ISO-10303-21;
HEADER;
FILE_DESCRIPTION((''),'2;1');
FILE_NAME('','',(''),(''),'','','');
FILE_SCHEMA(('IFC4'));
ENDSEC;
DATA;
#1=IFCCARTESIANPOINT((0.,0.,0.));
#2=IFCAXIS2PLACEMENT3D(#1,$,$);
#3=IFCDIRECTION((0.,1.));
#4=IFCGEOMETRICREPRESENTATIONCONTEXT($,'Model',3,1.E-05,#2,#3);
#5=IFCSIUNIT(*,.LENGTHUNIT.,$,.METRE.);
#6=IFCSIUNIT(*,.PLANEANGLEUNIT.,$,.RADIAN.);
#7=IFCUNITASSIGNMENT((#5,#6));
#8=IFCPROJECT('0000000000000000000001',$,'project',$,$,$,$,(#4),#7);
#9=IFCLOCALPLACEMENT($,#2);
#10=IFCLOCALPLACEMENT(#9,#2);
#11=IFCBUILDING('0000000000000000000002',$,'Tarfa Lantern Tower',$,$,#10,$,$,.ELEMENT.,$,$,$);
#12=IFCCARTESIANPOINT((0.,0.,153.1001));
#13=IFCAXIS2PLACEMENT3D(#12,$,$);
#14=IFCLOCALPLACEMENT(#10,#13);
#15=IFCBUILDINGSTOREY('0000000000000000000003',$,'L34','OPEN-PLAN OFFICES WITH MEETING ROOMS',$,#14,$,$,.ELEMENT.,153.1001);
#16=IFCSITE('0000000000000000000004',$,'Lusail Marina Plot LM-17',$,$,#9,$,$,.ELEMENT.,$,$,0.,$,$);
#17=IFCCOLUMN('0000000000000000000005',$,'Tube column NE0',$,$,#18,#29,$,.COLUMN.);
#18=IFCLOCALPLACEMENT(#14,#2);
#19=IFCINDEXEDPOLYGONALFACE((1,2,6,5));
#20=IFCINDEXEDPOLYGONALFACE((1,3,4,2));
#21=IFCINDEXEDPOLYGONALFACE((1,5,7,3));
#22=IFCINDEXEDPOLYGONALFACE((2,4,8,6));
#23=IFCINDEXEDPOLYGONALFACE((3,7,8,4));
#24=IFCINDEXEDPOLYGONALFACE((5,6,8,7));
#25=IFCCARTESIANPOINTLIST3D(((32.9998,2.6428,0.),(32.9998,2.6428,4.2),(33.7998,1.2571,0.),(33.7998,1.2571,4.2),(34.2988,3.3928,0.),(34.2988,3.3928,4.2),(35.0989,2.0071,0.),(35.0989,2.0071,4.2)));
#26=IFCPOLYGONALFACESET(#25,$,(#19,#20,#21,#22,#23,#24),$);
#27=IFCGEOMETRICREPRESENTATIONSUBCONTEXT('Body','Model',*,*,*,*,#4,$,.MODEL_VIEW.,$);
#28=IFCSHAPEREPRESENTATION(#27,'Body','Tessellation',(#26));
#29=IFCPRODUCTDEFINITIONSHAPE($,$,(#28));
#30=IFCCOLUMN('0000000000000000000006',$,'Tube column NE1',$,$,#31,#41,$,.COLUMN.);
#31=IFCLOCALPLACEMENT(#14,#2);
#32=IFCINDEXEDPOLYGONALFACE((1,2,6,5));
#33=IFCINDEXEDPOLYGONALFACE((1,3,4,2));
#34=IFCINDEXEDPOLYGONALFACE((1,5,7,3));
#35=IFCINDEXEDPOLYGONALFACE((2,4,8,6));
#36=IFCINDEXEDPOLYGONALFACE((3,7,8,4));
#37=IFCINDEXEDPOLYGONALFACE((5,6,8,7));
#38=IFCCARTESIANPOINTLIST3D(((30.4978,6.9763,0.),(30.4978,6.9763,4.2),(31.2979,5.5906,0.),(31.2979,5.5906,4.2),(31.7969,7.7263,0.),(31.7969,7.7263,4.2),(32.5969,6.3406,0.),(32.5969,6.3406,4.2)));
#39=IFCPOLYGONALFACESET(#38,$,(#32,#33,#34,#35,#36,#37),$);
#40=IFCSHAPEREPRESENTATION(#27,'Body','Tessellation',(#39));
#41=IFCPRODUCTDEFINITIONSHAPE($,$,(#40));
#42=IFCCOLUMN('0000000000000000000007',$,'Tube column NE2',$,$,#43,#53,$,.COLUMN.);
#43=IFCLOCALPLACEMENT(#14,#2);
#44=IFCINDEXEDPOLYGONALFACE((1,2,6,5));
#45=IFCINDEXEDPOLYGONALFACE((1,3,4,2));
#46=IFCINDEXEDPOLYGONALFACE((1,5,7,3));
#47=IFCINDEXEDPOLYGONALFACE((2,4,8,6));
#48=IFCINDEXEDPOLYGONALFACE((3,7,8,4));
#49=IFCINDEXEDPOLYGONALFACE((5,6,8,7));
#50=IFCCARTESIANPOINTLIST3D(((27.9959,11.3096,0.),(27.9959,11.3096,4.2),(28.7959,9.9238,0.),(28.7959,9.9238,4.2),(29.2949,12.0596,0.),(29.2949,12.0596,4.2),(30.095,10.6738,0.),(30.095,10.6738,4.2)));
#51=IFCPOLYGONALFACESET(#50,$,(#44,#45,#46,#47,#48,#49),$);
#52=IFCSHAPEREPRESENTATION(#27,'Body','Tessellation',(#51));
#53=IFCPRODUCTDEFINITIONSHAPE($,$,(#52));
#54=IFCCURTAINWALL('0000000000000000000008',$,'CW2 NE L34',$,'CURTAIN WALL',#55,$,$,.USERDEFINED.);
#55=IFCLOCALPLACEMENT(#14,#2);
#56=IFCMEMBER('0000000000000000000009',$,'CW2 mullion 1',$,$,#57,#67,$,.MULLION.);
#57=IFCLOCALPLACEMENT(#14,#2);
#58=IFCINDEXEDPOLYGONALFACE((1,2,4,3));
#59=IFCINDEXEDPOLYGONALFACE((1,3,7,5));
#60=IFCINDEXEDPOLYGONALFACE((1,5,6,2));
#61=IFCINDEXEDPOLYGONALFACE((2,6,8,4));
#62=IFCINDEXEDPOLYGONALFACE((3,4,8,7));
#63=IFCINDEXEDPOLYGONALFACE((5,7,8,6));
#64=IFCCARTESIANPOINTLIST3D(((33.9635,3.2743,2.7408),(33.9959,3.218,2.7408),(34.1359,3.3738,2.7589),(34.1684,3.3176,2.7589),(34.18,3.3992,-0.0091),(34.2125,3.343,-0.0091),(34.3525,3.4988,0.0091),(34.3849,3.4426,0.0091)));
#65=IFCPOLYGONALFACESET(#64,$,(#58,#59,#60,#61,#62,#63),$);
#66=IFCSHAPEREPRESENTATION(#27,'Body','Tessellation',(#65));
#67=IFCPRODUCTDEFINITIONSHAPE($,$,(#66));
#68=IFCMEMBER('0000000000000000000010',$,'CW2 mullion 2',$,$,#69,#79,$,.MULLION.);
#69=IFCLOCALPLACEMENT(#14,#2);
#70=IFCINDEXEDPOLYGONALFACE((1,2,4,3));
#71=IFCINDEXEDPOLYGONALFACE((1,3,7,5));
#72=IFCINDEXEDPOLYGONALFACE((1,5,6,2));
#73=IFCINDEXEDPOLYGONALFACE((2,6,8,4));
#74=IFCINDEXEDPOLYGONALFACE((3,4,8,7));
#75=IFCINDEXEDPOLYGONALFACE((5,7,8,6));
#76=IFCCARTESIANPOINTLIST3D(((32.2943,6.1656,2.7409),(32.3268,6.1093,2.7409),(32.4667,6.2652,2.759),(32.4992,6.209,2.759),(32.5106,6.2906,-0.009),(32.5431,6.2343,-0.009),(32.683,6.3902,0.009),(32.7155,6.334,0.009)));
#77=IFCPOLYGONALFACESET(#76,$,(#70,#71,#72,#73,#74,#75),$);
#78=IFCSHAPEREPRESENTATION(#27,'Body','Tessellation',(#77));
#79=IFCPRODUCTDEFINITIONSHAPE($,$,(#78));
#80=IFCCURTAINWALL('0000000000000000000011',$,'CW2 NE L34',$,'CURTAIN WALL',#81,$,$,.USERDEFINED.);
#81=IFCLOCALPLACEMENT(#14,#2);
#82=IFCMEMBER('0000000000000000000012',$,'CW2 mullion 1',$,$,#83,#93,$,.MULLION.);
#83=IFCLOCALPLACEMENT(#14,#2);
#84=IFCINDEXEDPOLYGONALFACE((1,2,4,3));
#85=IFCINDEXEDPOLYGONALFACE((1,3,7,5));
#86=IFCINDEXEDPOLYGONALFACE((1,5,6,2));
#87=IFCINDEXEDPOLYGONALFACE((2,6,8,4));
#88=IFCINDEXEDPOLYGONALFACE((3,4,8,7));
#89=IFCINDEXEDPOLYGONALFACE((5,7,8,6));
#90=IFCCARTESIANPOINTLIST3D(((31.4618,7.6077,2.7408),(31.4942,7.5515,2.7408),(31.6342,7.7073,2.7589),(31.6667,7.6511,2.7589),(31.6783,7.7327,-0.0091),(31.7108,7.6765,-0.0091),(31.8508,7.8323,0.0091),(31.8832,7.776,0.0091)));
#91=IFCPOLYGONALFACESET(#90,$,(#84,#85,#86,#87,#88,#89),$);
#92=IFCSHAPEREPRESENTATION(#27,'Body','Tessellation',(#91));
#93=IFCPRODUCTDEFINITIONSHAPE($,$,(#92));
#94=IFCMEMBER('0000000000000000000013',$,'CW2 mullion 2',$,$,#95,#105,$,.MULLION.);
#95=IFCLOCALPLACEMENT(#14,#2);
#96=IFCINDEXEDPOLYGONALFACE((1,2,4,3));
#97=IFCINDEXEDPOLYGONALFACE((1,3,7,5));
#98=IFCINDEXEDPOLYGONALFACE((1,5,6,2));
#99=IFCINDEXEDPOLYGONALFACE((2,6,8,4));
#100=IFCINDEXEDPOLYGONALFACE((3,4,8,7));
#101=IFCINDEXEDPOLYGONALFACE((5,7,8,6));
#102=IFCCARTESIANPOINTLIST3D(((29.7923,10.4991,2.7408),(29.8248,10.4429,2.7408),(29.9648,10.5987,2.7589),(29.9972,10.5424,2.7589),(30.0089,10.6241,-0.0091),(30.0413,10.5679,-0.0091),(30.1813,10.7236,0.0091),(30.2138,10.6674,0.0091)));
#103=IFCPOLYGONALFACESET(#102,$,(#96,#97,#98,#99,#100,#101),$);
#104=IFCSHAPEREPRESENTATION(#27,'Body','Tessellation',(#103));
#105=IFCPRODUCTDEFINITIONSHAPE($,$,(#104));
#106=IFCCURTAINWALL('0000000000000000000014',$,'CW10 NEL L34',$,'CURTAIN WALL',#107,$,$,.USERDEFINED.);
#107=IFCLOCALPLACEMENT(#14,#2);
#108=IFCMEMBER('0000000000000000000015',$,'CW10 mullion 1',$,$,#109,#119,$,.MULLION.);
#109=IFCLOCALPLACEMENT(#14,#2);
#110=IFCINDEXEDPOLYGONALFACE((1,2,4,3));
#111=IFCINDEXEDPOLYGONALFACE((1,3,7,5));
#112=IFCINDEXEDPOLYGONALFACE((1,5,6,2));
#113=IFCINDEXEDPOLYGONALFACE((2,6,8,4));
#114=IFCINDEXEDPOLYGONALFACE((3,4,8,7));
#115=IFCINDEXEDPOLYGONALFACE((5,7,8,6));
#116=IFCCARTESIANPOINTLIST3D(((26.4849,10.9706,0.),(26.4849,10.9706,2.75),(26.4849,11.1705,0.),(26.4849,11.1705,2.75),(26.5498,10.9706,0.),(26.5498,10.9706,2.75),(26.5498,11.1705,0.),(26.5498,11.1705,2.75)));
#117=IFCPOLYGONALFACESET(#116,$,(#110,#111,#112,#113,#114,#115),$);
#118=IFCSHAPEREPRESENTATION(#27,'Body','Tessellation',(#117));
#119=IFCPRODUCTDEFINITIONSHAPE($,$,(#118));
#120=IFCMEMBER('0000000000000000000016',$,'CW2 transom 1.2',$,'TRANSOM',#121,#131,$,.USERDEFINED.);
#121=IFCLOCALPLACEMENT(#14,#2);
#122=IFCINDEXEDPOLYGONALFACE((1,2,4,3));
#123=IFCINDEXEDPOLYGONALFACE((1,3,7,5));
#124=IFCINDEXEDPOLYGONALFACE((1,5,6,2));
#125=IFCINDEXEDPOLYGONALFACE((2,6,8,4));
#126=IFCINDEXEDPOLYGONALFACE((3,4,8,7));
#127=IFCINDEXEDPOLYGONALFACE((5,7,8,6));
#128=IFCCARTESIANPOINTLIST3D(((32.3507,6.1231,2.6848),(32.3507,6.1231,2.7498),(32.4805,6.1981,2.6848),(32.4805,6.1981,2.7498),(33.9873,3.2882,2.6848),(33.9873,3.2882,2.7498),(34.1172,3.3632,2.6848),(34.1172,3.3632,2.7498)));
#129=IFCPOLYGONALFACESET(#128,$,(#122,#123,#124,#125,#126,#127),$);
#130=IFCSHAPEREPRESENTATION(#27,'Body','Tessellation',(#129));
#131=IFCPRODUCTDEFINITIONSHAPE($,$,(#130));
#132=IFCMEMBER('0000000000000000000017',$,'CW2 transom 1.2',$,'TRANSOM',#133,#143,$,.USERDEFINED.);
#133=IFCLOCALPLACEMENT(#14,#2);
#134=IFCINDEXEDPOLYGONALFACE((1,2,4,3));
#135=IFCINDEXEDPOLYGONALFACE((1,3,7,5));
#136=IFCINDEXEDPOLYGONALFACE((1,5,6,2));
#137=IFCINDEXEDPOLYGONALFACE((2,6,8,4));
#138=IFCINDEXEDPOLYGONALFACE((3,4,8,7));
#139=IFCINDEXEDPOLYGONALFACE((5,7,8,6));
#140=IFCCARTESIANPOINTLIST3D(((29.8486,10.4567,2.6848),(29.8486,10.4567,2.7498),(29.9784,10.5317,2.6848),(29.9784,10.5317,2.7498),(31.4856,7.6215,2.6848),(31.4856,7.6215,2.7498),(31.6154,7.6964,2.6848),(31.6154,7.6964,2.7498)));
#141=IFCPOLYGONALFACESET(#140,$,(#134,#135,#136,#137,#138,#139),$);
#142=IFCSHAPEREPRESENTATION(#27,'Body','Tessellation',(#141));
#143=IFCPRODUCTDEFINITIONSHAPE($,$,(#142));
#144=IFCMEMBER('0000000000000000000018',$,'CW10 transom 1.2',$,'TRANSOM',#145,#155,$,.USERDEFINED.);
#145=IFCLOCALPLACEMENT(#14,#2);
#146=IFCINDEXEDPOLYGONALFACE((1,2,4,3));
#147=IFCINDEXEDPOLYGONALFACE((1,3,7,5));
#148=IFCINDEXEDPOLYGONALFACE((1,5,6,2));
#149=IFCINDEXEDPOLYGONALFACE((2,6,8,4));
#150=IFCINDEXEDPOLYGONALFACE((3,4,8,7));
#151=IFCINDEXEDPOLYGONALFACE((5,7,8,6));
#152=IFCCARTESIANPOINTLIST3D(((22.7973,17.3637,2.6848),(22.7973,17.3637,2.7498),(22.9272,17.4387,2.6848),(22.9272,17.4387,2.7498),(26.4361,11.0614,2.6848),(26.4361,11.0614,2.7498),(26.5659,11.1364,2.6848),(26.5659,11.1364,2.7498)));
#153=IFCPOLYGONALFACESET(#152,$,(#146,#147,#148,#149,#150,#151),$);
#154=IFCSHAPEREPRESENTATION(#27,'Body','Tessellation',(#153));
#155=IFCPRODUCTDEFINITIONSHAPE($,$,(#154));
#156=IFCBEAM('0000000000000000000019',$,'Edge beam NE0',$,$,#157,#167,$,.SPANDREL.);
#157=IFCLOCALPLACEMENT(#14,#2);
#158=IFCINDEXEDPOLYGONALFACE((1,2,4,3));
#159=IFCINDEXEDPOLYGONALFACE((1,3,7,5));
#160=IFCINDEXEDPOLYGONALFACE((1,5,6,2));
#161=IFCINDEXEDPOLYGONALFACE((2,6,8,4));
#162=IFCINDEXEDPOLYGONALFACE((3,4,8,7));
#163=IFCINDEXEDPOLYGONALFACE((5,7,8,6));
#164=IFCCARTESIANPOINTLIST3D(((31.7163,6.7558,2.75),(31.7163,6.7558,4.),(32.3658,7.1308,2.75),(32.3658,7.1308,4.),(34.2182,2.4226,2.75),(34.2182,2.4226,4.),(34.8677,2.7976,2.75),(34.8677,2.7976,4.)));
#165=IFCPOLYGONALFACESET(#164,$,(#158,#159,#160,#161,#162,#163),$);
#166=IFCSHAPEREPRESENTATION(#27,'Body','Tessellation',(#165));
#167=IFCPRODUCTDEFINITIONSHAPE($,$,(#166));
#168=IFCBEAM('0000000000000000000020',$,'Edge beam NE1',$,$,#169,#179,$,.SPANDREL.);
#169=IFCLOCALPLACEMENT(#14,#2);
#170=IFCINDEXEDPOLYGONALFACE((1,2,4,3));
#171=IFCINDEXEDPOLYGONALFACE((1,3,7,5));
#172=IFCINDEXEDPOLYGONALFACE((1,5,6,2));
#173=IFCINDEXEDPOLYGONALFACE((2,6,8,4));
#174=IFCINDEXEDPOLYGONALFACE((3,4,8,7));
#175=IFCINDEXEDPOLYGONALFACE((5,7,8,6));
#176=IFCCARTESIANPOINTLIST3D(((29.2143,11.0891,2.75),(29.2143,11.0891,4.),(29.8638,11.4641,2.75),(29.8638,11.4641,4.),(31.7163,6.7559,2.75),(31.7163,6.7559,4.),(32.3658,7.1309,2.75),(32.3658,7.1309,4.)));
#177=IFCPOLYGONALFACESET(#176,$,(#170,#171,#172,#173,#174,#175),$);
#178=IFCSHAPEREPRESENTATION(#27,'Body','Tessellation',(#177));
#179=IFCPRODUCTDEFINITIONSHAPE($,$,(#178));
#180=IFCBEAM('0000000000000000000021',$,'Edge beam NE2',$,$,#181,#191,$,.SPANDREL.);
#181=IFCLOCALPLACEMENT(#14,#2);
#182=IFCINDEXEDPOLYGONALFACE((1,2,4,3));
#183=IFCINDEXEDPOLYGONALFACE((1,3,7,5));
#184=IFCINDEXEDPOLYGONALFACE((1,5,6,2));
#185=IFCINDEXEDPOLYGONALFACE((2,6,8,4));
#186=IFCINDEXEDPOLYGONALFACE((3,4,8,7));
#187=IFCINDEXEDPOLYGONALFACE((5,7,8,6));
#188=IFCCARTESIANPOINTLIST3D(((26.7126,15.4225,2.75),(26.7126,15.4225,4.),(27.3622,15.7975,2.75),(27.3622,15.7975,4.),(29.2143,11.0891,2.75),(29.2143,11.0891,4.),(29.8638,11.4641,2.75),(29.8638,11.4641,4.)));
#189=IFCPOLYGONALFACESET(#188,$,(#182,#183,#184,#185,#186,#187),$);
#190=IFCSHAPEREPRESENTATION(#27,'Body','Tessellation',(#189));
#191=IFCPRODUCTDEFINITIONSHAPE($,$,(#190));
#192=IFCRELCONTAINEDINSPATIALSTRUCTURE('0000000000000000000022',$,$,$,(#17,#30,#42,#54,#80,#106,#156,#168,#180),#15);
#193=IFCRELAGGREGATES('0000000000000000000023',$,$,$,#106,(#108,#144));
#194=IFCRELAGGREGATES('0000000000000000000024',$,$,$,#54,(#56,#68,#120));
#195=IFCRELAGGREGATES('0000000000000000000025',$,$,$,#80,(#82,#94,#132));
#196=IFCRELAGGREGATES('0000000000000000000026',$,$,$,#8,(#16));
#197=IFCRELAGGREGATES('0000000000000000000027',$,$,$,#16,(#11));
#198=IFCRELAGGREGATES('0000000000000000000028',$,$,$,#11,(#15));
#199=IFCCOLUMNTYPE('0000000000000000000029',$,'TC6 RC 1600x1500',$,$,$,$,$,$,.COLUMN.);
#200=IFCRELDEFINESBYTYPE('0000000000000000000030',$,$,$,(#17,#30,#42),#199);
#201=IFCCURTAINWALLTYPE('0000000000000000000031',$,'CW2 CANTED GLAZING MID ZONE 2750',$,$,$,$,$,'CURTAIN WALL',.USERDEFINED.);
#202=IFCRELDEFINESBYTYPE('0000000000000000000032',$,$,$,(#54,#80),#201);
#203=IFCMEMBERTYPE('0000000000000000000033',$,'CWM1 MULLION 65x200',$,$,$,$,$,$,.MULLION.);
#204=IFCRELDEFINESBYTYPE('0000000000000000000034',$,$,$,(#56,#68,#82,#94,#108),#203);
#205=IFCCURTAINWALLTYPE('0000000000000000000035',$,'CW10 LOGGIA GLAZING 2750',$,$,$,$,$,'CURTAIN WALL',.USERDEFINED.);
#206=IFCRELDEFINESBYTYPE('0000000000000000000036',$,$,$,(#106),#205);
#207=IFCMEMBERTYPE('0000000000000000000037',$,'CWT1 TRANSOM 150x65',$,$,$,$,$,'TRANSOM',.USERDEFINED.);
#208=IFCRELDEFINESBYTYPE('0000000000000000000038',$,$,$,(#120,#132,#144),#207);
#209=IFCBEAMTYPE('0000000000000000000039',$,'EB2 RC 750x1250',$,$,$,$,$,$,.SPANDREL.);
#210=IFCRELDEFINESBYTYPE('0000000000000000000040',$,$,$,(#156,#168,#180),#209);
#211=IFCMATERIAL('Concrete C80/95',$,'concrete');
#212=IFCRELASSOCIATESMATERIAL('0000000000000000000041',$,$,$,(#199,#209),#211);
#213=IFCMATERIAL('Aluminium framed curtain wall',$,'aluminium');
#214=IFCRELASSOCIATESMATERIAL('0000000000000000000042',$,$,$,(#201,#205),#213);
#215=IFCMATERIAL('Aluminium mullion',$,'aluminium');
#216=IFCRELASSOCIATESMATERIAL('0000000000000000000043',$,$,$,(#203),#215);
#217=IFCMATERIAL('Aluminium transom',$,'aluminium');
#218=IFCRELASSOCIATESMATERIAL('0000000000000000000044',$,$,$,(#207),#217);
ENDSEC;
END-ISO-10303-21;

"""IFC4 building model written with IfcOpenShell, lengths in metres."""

from ifc_helpers import new_model, si_unit, direction, frame, origin, origin_2d, place, context, subcontext, project, spatial, rectangle, extrude, material, material_profile, profile_set, type_object, element, aggregate, save


model = new_model("IFC4")

# Units and contexts
model_context = context("Model", 3, precision=1e-05, world=origin(), true_north=direction((0.0, 1.0)))
body_context = subcontext(model_context, "Body", "Model", "MODEL_VIEW")
ifc_project = project(units=[si_unit("LENGTHUNIT", "METRE"), si_unit("PLANEANGLEUNIT", "RADIAN")], contexts=[model_context])

# Site, building, storey
site_placement = place(None, origin())
site = spatial("IfcSite", under=ifc_project, at=site_placement, Name="Lusail Marina Plot LM-17", CompositionType="ELEMENT", RefElevation=0.0)
building_placement = place(site_placement, origin())
building = spatial("IfcBuilding", under=site, at=building_placement, Name="Tarfa Lantern Tower", CompositionType="ELEMENT")
storey_placement = place(building_placement, frame((0.0, 0.0, 153.1001)))
storey = spatial("IfcBuildingStorey", under=building, at=storey_placement, Name="L34", Description="OPEN-PLAN OFFICES WITH MEETING ROOMS", CompositionType="ELEMENT", Elevation=153.1001)

# Columns
ifc_material_1 = material(Name="Concrete C80/95", Category="concrete")
ifc_material_profile_1 = material_profile(ifc_material_1, rectangle(XDim=1.6001, YDim=1.5, at=origin_2d()), Name="RC 1600x1500")
ifc_profile_set_1 = profile_set([ifc_material_profile_1], Name="Concrete C80/95")
column_type = type_object("IfcColumnType", Name="TC6 RC 1600x1500", PredefinedType="COLUMN", material=ifc_profile_set_1)
for number, where, z_axis, x_axis, name in (
    (1, (34.0493, 2.325, 0.0), (0.0, 0.0, 1.0), (-0.5, 0.866025, 0.0), "Tube column NE0"),
    (2, (31.5474, 6.6584, 0.0), (0.0, 0.0, 1.0), (-0.5, 0.866025, 0.0), "Tube column NE1"),
    (3, (29.0454, 10.9917, 0.0), (0.0, 0.0, 1.0), (-0.5, 0.866025, 0.0), "Tube column NE2"),
):
    element("IfcColumn", number, at=place(storey_placement, frame(where, z_axis=z_axis, x_axis=x_axis)), inside=storey, type_object=column_type, Name=name, PredefinedType="COLUMN", context=body_context, shape_type="SweptSolid", body=[
        extrude(rectangle(XDim=1.6001, YDim=1.5, at=origin_2d()), origin(), (0.0, 0.0, 1.0), 4.2),
    ])

# Curtain walls, members
ifc_material_2 = material(Name="Aluminium framed curtain wall", Category="aluminium")
curtain_wall_type_1 = type_object("IfcCurtainWallType", Name="CW2 CANTED GLAZING MID ZONE 2750", ElementType="CURTAIN WALL", PredefinedType="USERDEFINED", material=ifc_material_2)
curtain_wall_1_placement = place(storey_placement, origin())
curtain_wall_1 = element("IfcCurtainWall", 4, at=curtain_wall_1_placement, inside=storey, type_object=curtain_wall_type_1, Name="CW2 NE L34", ObjectType="CURTAIN WALL", PredefinedType="USERDEFINED")
ifc_material_3 = material(Name="Aluminium mullion", Category="aluminium")
ifc_material_profile_2 = material_profile(ifc_material_3, rectangle(XDim=0.0649, YDim=0.2, at=origin_2d()), Name="AL MULLION 65x200")
ifc_profile_set_2 = profile_set([ifc_material_profile_2], Name="Aluminium mullion")
member_type_1 = type_object("IfcMemberType", Name="CWM1 MULLION 65x200", PredefinedType="MULLION", material=ifc_profile_set_2)
member_1_placement = place(storey_placement, frame((34.2825, 3.4209, 0.0), z_axis=(-0.078423, -0.045268, 0.995892), x_axis=(0.49992, -0.866072, 0.0)))
member_1 = element("IfcMember", 5, at=member_1_placement, type_object=member_type_1, Name="CW2 mullion 1", PredefinedType="MULLION", context=body_context, shape_type="SweptSolid", body=[
    extrude(rectangle(XDim=0.0649, YDim=0.2, at=origin_2d()), origin(), (0.0, 0.0, 1.0), 2.7612),
])
member_2_placement = place(storey_placement, frame((32.613, 6.3123, 0.0), z_axis=(-0.078335, -0.045268, 0.995899), x_axis=(0.500343, -0.865827, 0.0)))
member_2 = element("IfcMember", 6, at=member_2_placement, type_object=member_type_1, Name="CW2 mullion 2", PredefinedType="MULLION", context=body_context, shape_type="SweptSolid", body=[
    extrude(rectangle(XDim=0.0649, YDim=0.2, at=origin_2d()), origin(), (0.0, 0.0, 1.0), 2.7612),
])
curtain_wall_2_placement = place(storey_placement, origin())
curtain_wall_2 = element("IfcCurtainWall", 7, at=curtain_wall_2_placement, inside=storey, type_object=curtain_wall_type_1, Name="CW2 NE L34", ObjectType="CURTAIN WALL", PredefinedType="USERDEFINED")
member_3_placement = place(storey_placement, frame((31.7808, 7.7544, 0.0), z_axis=(-0.078423, -0.045268, 0.995892), x_axis=(0.49992, -0.866072, 0.0)))
member_3 = element("IfcMember", 8, at=member_3_placement, type_object=member_type_1, Name="CW2 mullion 1", PredefinedType="MULLION", context=body_context, shape_type="SweptSolid", body=[
    extrude(rectangle(XDim=0.0649, YDim=0.2, at=origin_2d()), origin(), (0.0, 0.0, 1.0), 2.7612),
])
member_4_placement = place(storey_placement, frame((30.1113, 10.6458, 0.0), z_axis=(-0.078423, -0.045268, 0.995892), x_axis=(0.49992, -0.866072, 0.0)))
member_4 = element("IfcMember", 9, at=member_4_placement, type_object=member_type_1, Name="CW2 mullion 2", PredefinedType="MULLION", context=body_context, shape_type="SweptSolid", body=[
    extrude(rectangle(XDim=0.0649, YDim=0.2, at=origin_2d()), origin(), (0.0, 0.0, 1.0), 2.7612),
])

# Curtain wall, member
curtain_wall_type_2 = type_object("IfcCurtainWallType", Name="CW10 LOGGIA GLAZING 2750", ElementType="CURTAIN WALL", PredefinedType="USERDEFINED", material=ifc_material_2)
curtain_wall_3_placement = place(storey_placement, origin())
curtain_wall_3 = element("IfcCurtainWall", 10, at=curtain_wall_3_placement, inside=storey, type_object=curtain_wall_type_2, Name="CW10 NEL L34", ObjectType="CURTAIN WALL", PredefinedType="USERDEFINED")
member_5_placement = place(storey_placement, frame((26.5173, 11.0706, 0.0), z_axis=(0.0, 0.0, 1.0), x_axis=(1.0, 0.0, 0.0)))
member_5 = element("IfcMember", 11, at=member_5_placement, type_object=member_type_1, Name="CW10 mullion 1", PredefinedType="MULLION", context=body_context, shape_type="SweptSolid", body=[
    extrude(rectangle(XDim=0.0649, YDim=0.2, at=origin_2d()), origin(), (0.0, 0.0, 1.0), 2.75),
])

# Members
ifc_material_4 = material(Name="Aluminium transom", Category="aluminium")
ifc_material_profile_3 = material_profile(ifc_material_4, rectangle(XDim=0.1499, YDim=0.0649, at=origin_2d()), Name="AL TRANSOM 150x65")
ifc_profile_set_3 = profile_set([ifc_material_profile_3], Name="Aluminium transom")
member_type_2 = type_object("IfcMemberType", Name="CWT1 TRANSOM 150x65", ElementType="TRANSOM", PredefinedType="USERDEFINED", material=ifc_profile_set_3)
member_6_placement = place(storey_placement, frame((34.0522, 3.3257, 2.7173), z_axis=(-0.499989, 0.866032, 0.0), x_axis=(-0.866032, -0.499989, 0.0)))
member_6 = element("IfcMember", 12, at=member_6_placement, type_object=member_type_2, Name="CW2 transom 1.2", ObjectType="TRANSOM", PredefinedType="USERDEFINED", context=body_context, shape_type="SweptSolid", body=[
    extrude(rectangle(XDim=0.1499, YDim=0.0649, at=origin_2d()), origin(), (0.0, 0.0, 1.0), 3.2734),
])
member_7_placement = place(storey_placement, frame((31.5505, 7.6589, 2.7173), z_axis=(-0.500013, 0.866018, 0.0), x_axis=(-0.866018, -0.500013, 0.0)))
member_7 = element("IfcMember", 13, at=member_7_placement, type_object=member_type_2, Name="CW2 transom 1.2", ObjectType="TRANSOM", PredefinedType="USERDEFINED", context=body_context, shape_type="SweptSolid", body=[
    extrude(rectangle(XDim=0.1499, YDim=0.0649, at=origin_2d()), origin(), (0.0, 0.0, 1.0), 3.2739),
])
member_8_placement = place(storey_placement, frame((26.501, 11.0989, 2.7173), z_axis=(-0.500007, 0.866021, 0.0), x_axis=(-0.866021, -0.500007, 0.0)))
member_8 = element("IfcMember", 14, at=member_8_placement, type_object=member_type_2, Name="CW10 transom 1.2", ObjectType="TRANSOM", PredefinedType="USERDEFINED", context=body_context, shape_type="SweptSolid", body=[
    extrude(rectangle(XDim=0.1499, YDim=0.0649, at=origin_2d()), origin(), (0.0, 0.0, 1.0), 7.2773),
])
aggregate(curtain_wall_3, [member_5, member_8])

# Beams
ifc_material_profile_4 = material_profile(ifc_material_1, rectangle(XDim=0.75, YDim=1.25, at=origin_2d()), Name="RC 750x1250")
ifc_profile_set_4 = profile_set([ifc_material_profile_4], Name="Concrete C80/95")
beam_type_1 = type_object("IfcBeamType", Name="EB2 RC 750x1250", PredefinedType="SPANDREL", material=ifc_profile_set_4)
for number, where, z_axis, x_axis, name in (
    (15, (34.543, 2.6101, 3.375), (-0.500022, 0.866013, 0.0), (-0.866013, -0.500022, 0.0), "Edge beam NE0"),
    (16, (32.041, 6.9434, 3.375), (-0.500022, 0.866013, 0.0), (-0.866013, -0.500022, 0.0), "Edge beam NE1"),
    (17, (29.5391, 11.2766, 3.375), (-0.499965, 0.866046, 0.0), (-0.866046, -0.499965, 0.0), "Edge beam NE2"),
):
    element("IfcBeam", number, at=place(storey_placement, frame(where, z_axis=z_axis, x_axis=x_axis)), inside=storey, type_object=beam_type_1, Name=name, PredefinedType="SPANDREL", context=body_context, shape_type="SweptSolid", body=[
        extrude(rectangle(XDim=0.75, YDim=1.25, at=origin_2d()), origin(), (0.0, 0.0, 1.0), 5.0037),
    ])

aggregate(curtain_wall_1, [member_1, member_2, member_6])
aggregate(curtain_wall_2, [member_3, member_4, member_7])

save(model, "model.ifc")
